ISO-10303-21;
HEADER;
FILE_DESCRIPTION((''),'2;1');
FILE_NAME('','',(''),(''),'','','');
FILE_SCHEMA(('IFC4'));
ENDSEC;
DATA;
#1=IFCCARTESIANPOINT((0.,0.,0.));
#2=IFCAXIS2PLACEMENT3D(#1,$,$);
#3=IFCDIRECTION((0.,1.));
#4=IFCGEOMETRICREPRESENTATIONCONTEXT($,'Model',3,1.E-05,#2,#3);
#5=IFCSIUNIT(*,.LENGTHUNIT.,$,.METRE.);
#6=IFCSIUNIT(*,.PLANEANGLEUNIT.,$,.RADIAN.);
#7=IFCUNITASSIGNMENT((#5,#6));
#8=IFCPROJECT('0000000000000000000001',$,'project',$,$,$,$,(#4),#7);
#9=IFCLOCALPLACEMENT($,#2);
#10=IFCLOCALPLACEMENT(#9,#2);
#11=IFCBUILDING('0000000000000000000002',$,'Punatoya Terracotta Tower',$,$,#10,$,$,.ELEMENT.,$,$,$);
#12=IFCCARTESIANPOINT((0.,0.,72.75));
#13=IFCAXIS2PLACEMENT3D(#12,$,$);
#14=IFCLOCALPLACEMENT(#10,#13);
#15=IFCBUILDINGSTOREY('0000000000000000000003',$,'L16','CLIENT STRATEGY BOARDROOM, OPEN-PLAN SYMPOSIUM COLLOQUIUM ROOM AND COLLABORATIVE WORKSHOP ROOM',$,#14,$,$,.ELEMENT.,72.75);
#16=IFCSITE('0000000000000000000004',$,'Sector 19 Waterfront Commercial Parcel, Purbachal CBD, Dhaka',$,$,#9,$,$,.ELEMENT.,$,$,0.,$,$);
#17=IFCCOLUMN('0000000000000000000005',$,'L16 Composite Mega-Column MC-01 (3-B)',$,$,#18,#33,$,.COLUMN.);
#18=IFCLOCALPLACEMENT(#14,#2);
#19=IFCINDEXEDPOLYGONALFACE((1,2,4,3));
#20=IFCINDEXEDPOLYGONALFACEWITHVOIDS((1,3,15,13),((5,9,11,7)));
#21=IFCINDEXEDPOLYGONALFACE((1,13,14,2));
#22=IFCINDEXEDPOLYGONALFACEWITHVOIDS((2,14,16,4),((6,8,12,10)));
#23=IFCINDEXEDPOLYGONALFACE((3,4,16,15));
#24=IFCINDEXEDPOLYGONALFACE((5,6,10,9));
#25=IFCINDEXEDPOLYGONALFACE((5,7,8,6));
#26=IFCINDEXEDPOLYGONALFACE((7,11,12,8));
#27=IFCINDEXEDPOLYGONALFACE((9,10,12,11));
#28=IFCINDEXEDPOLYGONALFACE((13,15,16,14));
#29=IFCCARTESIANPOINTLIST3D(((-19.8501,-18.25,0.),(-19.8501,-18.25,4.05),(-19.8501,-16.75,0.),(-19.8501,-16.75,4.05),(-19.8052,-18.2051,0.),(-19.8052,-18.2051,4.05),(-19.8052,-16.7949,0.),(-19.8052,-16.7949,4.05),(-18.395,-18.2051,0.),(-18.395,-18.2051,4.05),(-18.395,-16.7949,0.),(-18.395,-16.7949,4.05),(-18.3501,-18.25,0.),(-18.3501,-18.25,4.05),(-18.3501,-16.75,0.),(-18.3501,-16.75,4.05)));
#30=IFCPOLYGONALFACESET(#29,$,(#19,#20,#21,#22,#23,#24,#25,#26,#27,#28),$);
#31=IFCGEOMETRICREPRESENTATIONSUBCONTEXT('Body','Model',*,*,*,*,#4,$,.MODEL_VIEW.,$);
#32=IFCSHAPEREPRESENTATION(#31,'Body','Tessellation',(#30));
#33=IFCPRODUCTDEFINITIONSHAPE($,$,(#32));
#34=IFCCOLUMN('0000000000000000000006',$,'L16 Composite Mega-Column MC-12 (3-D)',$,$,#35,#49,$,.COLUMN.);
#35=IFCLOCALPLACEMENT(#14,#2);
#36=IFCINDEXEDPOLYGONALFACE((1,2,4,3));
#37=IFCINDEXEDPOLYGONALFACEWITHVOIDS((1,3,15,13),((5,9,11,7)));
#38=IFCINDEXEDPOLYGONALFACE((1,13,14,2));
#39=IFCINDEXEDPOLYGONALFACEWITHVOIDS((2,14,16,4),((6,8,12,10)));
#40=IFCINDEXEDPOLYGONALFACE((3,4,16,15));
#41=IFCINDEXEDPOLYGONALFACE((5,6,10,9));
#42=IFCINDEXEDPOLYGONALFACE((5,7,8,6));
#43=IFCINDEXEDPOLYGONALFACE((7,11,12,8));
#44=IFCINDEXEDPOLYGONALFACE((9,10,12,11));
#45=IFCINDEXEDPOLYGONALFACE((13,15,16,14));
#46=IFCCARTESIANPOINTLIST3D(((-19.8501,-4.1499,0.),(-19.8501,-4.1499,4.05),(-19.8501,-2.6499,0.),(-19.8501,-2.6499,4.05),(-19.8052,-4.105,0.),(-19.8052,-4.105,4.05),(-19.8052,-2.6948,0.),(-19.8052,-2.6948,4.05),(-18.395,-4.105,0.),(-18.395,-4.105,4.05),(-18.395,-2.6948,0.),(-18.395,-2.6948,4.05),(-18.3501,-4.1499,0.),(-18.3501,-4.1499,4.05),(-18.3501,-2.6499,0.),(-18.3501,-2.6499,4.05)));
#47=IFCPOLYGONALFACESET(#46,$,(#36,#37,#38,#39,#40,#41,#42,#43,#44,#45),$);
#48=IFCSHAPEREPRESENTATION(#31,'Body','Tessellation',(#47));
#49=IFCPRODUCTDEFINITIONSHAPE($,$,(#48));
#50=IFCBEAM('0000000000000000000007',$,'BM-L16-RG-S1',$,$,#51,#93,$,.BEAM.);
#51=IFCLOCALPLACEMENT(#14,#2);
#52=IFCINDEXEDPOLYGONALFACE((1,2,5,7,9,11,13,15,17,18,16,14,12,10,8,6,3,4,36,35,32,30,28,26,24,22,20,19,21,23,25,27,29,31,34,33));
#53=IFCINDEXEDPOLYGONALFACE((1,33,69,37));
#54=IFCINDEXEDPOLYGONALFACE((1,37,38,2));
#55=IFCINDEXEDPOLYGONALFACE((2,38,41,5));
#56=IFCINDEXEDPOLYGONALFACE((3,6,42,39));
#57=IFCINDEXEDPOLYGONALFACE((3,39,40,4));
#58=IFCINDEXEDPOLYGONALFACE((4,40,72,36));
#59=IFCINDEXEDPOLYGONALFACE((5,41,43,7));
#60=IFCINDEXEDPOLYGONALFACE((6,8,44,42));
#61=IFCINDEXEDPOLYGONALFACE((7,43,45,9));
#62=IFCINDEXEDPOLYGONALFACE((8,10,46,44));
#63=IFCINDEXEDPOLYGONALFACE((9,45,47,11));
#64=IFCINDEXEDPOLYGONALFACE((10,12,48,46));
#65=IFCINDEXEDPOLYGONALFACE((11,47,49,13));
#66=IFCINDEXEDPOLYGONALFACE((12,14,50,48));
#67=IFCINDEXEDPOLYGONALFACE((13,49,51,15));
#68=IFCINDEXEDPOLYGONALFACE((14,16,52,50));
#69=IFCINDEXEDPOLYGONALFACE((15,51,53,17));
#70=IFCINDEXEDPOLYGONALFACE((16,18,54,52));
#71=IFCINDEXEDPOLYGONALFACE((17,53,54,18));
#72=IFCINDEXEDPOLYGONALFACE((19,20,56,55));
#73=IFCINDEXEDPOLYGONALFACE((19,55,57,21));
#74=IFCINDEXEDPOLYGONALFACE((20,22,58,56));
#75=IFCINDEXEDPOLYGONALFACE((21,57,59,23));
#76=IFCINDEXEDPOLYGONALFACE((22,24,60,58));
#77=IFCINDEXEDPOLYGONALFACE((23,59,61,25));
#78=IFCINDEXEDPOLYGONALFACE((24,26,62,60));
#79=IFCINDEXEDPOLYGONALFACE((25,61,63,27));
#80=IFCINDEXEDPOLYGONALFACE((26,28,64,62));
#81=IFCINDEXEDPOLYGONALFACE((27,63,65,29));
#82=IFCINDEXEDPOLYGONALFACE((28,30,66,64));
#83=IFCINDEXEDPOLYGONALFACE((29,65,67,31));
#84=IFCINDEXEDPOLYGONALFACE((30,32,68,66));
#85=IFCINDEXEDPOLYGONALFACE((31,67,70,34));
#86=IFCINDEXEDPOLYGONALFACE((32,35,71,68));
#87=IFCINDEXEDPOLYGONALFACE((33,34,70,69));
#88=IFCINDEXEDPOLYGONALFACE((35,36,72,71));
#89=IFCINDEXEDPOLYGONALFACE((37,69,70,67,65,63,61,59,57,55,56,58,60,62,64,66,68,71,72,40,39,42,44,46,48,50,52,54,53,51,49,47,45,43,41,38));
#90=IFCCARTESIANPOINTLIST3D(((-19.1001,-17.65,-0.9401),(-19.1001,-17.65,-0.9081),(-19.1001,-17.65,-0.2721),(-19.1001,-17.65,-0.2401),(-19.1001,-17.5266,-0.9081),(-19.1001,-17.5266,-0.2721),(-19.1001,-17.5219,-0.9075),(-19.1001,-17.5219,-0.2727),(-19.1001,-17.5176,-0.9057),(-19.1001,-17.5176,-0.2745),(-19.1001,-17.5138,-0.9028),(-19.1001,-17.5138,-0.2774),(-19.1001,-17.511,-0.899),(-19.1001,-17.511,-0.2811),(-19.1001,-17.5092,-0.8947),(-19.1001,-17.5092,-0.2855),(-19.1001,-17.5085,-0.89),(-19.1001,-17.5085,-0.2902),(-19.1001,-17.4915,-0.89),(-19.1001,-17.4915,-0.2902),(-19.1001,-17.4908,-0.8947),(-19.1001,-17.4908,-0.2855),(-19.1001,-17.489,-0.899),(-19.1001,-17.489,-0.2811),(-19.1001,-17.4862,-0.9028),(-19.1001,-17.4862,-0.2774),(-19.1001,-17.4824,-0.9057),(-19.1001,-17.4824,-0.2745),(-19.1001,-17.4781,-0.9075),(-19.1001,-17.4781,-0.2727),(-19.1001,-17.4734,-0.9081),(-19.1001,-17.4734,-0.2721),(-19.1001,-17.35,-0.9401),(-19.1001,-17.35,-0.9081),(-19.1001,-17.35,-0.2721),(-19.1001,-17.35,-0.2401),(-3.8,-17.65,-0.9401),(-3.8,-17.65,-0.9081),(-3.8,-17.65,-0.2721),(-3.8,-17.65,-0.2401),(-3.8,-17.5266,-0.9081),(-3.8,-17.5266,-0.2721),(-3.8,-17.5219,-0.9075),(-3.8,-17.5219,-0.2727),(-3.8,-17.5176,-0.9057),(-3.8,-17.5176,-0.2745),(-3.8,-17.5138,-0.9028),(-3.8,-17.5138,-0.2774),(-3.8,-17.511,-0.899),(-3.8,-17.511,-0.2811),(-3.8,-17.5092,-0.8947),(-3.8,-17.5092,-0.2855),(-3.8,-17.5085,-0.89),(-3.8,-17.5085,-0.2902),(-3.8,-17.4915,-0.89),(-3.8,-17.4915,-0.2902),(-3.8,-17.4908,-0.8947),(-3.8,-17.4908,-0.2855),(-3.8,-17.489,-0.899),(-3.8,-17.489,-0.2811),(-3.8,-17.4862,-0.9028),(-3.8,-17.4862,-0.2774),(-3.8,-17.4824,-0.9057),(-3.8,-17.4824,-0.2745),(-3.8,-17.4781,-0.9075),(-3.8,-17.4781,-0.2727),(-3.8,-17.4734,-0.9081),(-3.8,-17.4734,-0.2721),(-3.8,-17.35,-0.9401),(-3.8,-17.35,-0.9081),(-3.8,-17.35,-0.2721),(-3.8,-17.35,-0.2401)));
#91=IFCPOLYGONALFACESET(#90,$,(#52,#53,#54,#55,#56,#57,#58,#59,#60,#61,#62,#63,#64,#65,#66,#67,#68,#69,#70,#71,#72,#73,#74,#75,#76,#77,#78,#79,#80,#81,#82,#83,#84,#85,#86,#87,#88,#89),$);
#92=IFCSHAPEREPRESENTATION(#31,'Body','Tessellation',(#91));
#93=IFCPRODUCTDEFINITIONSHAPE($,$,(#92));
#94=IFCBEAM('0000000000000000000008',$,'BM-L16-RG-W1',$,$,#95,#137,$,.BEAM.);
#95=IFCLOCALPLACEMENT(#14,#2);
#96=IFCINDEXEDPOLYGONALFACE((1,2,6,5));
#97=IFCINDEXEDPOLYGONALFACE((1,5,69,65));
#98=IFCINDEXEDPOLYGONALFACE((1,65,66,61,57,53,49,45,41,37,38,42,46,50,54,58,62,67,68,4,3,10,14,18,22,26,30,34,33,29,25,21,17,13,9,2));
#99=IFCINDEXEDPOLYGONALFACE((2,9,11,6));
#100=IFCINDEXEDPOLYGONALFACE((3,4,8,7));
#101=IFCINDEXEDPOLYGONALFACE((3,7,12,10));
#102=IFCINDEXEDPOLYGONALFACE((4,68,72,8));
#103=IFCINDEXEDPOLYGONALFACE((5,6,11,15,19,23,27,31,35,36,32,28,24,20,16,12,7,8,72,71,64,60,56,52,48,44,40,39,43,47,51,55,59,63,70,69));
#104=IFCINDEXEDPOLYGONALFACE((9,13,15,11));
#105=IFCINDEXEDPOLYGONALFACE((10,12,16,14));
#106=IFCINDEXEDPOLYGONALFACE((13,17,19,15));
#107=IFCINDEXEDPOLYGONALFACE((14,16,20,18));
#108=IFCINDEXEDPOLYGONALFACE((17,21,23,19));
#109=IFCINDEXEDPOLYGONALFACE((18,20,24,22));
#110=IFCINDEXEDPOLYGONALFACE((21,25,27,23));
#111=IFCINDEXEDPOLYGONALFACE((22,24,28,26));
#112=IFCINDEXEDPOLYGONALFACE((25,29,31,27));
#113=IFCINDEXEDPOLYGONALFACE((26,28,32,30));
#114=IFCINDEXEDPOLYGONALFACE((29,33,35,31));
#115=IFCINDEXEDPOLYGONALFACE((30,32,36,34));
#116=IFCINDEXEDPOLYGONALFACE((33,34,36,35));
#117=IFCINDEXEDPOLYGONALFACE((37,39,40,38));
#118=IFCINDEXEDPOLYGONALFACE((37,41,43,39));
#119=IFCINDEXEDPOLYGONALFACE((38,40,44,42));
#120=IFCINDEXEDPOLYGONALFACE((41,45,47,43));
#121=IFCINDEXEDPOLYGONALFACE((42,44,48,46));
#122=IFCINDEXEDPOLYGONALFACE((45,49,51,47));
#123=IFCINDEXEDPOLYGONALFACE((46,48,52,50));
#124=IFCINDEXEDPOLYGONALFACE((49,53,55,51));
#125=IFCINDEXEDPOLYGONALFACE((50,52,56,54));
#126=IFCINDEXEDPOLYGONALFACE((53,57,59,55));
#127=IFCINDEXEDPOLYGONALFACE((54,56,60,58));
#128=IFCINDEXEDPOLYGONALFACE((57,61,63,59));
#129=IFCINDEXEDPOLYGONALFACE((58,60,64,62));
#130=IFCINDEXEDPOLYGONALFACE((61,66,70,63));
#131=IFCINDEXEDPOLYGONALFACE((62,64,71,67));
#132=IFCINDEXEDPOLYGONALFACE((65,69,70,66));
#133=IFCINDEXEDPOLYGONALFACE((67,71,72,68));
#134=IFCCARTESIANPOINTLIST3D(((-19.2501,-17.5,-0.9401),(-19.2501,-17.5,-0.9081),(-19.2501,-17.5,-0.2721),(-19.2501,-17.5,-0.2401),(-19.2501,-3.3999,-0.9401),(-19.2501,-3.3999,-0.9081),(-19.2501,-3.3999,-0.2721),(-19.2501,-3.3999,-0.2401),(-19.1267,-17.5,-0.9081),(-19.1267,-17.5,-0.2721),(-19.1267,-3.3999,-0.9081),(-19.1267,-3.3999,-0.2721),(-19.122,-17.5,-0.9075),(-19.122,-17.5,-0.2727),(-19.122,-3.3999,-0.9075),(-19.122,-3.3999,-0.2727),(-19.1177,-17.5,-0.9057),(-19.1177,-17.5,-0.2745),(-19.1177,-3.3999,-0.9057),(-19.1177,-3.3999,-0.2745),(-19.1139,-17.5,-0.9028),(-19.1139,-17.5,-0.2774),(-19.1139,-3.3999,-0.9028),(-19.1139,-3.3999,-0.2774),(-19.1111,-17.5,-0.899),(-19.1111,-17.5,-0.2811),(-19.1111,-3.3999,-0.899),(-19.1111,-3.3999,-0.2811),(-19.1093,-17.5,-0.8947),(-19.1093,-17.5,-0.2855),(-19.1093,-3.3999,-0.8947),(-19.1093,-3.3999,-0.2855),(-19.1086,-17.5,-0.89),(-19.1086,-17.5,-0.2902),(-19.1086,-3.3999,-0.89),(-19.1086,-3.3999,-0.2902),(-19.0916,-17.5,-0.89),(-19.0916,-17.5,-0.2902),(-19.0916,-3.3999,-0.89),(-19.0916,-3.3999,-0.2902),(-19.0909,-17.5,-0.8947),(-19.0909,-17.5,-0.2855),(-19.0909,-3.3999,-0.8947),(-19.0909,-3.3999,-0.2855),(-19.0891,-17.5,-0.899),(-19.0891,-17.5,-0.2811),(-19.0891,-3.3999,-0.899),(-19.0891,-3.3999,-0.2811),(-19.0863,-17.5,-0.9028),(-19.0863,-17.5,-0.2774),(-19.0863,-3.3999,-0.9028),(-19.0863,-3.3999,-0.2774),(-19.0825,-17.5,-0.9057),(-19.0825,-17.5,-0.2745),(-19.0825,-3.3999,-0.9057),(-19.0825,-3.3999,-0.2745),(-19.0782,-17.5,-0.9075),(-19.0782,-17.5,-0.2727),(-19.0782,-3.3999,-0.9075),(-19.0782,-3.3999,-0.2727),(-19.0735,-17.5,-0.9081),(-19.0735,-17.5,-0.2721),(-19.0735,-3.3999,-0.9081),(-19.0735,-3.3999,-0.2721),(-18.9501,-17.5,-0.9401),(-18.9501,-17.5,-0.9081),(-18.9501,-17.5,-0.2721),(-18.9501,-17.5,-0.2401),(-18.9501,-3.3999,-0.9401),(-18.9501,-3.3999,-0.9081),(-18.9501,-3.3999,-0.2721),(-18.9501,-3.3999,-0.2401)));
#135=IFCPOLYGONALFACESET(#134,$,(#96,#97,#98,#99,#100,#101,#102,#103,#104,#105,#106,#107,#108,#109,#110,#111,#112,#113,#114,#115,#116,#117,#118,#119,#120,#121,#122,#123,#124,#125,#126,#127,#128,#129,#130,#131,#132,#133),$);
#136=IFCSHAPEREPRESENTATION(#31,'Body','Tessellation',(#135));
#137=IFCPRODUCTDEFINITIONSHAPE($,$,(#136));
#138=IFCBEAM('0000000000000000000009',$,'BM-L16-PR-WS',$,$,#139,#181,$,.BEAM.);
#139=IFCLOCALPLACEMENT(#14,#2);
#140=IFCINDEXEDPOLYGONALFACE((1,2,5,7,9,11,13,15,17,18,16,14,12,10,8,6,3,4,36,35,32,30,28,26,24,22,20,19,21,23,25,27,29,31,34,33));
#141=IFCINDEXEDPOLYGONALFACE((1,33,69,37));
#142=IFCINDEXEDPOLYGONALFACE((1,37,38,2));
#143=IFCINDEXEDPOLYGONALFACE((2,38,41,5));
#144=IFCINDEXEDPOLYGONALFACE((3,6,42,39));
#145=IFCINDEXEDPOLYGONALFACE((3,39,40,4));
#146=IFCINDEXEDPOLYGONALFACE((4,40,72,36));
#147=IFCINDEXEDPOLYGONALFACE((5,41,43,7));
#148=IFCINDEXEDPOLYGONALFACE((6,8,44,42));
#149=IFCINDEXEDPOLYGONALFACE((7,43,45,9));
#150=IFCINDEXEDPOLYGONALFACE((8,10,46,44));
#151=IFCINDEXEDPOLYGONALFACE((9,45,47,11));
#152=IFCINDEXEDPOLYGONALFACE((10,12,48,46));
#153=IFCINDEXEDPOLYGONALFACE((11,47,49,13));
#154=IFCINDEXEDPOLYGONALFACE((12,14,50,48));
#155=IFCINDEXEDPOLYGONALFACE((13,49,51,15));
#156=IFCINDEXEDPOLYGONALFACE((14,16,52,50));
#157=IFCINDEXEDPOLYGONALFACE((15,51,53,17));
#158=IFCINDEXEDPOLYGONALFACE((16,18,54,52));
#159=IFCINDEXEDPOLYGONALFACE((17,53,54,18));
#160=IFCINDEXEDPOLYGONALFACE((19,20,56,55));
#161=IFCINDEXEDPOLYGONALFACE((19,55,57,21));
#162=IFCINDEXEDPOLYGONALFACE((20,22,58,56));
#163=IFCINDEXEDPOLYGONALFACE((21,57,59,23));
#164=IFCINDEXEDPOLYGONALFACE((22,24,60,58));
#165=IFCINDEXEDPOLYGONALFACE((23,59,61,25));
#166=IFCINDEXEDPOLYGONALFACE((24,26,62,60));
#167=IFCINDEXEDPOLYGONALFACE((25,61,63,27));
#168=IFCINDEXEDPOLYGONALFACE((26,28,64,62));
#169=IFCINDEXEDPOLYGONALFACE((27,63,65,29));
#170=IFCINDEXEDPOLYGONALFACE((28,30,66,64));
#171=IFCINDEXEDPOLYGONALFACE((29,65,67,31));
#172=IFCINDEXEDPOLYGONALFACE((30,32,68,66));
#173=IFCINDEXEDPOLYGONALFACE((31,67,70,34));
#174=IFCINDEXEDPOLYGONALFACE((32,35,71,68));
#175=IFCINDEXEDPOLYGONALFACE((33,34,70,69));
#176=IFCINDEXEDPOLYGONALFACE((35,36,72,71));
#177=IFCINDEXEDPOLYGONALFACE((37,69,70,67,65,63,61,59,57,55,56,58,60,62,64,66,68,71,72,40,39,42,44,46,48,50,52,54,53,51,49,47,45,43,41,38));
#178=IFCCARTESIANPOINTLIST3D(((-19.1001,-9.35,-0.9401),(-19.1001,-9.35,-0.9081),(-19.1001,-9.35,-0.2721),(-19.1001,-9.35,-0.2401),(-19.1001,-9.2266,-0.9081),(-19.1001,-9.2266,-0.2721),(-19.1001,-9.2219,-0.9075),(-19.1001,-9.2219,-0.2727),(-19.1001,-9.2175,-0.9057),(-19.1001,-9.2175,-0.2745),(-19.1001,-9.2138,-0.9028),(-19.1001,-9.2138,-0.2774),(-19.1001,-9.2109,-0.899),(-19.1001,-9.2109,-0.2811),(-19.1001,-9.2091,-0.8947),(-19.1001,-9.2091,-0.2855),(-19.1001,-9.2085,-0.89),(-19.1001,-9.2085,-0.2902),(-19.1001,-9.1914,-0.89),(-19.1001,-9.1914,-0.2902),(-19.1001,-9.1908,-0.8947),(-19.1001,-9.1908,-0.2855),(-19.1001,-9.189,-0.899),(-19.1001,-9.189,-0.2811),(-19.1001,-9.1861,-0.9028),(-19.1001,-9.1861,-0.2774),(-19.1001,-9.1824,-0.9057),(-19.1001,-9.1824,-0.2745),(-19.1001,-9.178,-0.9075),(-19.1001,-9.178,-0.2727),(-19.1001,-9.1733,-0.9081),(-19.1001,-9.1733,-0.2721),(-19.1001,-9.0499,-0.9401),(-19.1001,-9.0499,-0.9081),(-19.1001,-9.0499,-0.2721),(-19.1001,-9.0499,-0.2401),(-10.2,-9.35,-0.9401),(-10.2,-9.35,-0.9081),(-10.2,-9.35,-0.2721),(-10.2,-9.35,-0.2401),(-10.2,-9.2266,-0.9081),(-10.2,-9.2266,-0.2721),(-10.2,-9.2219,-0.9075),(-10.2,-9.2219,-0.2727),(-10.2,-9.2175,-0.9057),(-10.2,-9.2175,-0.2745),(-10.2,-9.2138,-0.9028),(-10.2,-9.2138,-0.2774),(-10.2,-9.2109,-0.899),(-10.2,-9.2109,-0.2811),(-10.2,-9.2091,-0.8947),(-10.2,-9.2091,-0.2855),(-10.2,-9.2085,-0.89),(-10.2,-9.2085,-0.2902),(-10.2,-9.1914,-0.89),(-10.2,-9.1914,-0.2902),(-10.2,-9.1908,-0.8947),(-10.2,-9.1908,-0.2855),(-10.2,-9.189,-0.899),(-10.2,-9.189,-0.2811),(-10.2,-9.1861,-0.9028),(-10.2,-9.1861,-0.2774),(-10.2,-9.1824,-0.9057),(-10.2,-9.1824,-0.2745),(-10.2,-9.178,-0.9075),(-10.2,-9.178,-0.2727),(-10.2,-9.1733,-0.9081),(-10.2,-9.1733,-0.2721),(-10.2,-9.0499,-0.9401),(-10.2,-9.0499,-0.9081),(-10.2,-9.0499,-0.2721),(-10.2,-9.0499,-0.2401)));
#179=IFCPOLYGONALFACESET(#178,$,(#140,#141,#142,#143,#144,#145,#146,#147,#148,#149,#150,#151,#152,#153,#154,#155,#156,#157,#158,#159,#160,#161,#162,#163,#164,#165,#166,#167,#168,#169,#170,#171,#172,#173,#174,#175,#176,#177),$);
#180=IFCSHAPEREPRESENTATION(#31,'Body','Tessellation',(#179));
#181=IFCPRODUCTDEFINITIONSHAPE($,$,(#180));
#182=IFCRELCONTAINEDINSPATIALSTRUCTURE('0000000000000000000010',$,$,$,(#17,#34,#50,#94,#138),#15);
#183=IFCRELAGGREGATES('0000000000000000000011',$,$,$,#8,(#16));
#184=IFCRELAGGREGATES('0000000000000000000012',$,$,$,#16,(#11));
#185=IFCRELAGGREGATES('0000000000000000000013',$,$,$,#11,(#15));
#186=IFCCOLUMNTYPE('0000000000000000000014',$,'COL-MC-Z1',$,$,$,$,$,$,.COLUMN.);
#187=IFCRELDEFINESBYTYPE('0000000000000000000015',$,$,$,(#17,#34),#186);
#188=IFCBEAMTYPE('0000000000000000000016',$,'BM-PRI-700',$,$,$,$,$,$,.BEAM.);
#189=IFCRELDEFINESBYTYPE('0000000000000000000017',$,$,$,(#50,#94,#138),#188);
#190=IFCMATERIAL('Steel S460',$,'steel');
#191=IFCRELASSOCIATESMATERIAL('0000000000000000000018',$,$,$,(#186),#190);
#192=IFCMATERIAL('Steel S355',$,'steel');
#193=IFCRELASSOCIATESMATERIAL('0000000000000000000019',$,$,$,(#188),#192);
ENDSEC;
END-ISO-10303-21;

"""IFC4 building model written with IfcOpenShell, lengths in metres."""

from ifc_helpers import new_model, si_unit, direction, frame, origin, origin_2d, place, context, subcontext, project, spatial, hollow_rectangle, i_section, extrude, material, material_profile, profile_set, type_object, element, save


model = new_model("IFC4")

# Units and contexts
model_context = context("Model", 3, precision=1e-05, world=origin(), true_north=direction((0.0, 1.0)))
body_context = subcontext(model_context, "Body", "Model", "MODEL_VIEW")
ifc_project = project(units=[si_unit("LENGTHUNIT", "METRE"), si_unit("PLANEANGLEUNIT", "RADIAN")], contexts=[model_context])

# Site, building, storey
site_placement = place(None, origin())
site = spatial("IfcSite", under=ifc_project, at=site_placement, Name="Sector 19 Waterfront Commercial Parcel, Purbachal CBD, Dhaka", CompositionType="ELEMENT", RefElevation=0.0)
building_placement = place(site_placement, origin())
building = spatial("IfcBuilding", under=site, at=building_placement, Name="Punatoya Terracotta Tower", CompositionType="ELEMENT")
storey_placement = place(building_placement, frame((0.0, 0.0, 72.75)))
storey = spatial("IfcBuildingStorey", under=building, at=storey_placement, Name="L16", Description="CLIENT STRATEGY BOARDROOM, OPEN-PLAN SYMPOSIUM COLLOQUIUM ROOM AND COLLABORATIVE WORKSHOP ROOM", CompositionType="ELEMENT", Elevation=72.75)

# Columns
ifc_material_1 = material(Name="Steel S460", Category="steel")
ifc_material_profile_1 = material_profile(ifc_material_1, hollow_rectangle(XDim=1.5, YDim=1.5, WallThickness=0.0449, at=origin_2d()))
ifc_profile_set_1 = profile_set([ifc_material_profile_1], Name="Steel S460")
column_type = type_object("IfcColumnType", Name="COL-MC-Z1", PredefinedType="COLUMN", material=ifc_profile_set_1)
for number, where, z_axis, x_axis, name in (
    (1, (-19.1001, -17.5, 0.0), (0.0, 0.0, 1.0), (1.0, 0.0, 0.0), "L16 Composite Mega-Column MC-01 (3-B)"),
    (2, (-19.1001, -3.3999, 0.0), (0.0, 0.0, 1.0), (1.0, 0.0, 0.0), "L16 Composite Mega-Column MC-12 (3-D)"),
):
    element("IfcColumn", number, at=place(storey_placement, frame(where, z_axis=z_axis, x_axis=x_axis)), inside=storey, type_object=column_type, Name=name, PredefinedType="COLUMN", context=body_context, shape_type="SweptSolid", body=[
        extrude(hollow_rectangle(XDim=1.5, YDim=1.5, WallThickness=0.0449, at=origin_2d()), origin(), (0.0, 0.0, 1.0), 4.05),
    ])

# Beams
ifc_material_2 = material(Name="Steel S355", Category="steel")
ifc_material_profile_2 = material_profile(ifc_material_2, i_section(OverallWidth=0.3, OverallDepth=0.7, WebThickness=0.0171, FlangeThickness=0.032, FilletRadius=0.0181, at=origin_2d()))
ifc_profile_set_2 = profile_set([ifc_material_profile_2], Name="Steel S355")
beam_type_1 = type_object("IfcBeamType", Name="BM-PRI-700", PredefinedType="BEAM", material=ifc_profile_set_2)
beam_1_placement = place(storey_placement, frame((-19.1001, -17.5, -0.5901), z_axis=(1.0, 0.0, 0.0), x_axis=(0.0, 1.0, 0.0)))
element("IfcBeam", 3, at=beam_1_placement, inside=storey, type_object=beam_type_1, Name="BM-L16-RG-S1", PredefinedType="BEAM", context=body_context, shape_type="SweptSolid", body=[
    extrude(i_section(OverallWidth=0.3, OverallDepth=0.7, WebThickness=0.0171, FlangeThickness=0.032, FilletRadius=0.0181, at=origin_2d()), origin(), (0.0, 0.0, 1.0), 15.3),
])
beam_2_placement = place(storey_placement, frame((-19.1001, -17.5, -0.5901), z_axis=(0.0, 1.0, 0.0), x_axis=(-1.0, 0.0, 0.0)))
element("IfcBeam", 4, at=beam_2_placement, inside=storey, type_object=beam_type_1, Name="BM-L16-RG-W1", PredefinedType="BEAM", context=body_context, shape_type="SweptSolid", body=[
    extrude(i_section(OverallWidth=0.3, OverallDepth=0.7, WebThickness=0.0171, FlangeThickness=0.032, FilletRadius=0.0181, at=origin_2d()), origin(), (0.0, 0.0, 1.0), 14.1001),
])
beam_3_placement = place(storey_placement, frame((-19.1001, -9.2, -0.5901), z_axis=(1.0, 0.0, 0.0), x_axis=(0.0, 1.0, 0.0)))
element("IfcBeam", 5, at=beam_3_placement, inside=storey, type_object=beam_type_1, Name="BM-L16-PR-WS", PredefinedType="BEAM", context=body_context, shape_type="SweptSolid", body=[
    extrude(i_section(OverallWidth=0.3, OverallDepth=0.7, WebThickness=0.0171, FlangeThickness=0.032, FilletRadius=0.0181, at=origin_2d()), origin(), (0.0, 0.0, 1.0), 8.9001),
])

save(model, "model.ifc")
